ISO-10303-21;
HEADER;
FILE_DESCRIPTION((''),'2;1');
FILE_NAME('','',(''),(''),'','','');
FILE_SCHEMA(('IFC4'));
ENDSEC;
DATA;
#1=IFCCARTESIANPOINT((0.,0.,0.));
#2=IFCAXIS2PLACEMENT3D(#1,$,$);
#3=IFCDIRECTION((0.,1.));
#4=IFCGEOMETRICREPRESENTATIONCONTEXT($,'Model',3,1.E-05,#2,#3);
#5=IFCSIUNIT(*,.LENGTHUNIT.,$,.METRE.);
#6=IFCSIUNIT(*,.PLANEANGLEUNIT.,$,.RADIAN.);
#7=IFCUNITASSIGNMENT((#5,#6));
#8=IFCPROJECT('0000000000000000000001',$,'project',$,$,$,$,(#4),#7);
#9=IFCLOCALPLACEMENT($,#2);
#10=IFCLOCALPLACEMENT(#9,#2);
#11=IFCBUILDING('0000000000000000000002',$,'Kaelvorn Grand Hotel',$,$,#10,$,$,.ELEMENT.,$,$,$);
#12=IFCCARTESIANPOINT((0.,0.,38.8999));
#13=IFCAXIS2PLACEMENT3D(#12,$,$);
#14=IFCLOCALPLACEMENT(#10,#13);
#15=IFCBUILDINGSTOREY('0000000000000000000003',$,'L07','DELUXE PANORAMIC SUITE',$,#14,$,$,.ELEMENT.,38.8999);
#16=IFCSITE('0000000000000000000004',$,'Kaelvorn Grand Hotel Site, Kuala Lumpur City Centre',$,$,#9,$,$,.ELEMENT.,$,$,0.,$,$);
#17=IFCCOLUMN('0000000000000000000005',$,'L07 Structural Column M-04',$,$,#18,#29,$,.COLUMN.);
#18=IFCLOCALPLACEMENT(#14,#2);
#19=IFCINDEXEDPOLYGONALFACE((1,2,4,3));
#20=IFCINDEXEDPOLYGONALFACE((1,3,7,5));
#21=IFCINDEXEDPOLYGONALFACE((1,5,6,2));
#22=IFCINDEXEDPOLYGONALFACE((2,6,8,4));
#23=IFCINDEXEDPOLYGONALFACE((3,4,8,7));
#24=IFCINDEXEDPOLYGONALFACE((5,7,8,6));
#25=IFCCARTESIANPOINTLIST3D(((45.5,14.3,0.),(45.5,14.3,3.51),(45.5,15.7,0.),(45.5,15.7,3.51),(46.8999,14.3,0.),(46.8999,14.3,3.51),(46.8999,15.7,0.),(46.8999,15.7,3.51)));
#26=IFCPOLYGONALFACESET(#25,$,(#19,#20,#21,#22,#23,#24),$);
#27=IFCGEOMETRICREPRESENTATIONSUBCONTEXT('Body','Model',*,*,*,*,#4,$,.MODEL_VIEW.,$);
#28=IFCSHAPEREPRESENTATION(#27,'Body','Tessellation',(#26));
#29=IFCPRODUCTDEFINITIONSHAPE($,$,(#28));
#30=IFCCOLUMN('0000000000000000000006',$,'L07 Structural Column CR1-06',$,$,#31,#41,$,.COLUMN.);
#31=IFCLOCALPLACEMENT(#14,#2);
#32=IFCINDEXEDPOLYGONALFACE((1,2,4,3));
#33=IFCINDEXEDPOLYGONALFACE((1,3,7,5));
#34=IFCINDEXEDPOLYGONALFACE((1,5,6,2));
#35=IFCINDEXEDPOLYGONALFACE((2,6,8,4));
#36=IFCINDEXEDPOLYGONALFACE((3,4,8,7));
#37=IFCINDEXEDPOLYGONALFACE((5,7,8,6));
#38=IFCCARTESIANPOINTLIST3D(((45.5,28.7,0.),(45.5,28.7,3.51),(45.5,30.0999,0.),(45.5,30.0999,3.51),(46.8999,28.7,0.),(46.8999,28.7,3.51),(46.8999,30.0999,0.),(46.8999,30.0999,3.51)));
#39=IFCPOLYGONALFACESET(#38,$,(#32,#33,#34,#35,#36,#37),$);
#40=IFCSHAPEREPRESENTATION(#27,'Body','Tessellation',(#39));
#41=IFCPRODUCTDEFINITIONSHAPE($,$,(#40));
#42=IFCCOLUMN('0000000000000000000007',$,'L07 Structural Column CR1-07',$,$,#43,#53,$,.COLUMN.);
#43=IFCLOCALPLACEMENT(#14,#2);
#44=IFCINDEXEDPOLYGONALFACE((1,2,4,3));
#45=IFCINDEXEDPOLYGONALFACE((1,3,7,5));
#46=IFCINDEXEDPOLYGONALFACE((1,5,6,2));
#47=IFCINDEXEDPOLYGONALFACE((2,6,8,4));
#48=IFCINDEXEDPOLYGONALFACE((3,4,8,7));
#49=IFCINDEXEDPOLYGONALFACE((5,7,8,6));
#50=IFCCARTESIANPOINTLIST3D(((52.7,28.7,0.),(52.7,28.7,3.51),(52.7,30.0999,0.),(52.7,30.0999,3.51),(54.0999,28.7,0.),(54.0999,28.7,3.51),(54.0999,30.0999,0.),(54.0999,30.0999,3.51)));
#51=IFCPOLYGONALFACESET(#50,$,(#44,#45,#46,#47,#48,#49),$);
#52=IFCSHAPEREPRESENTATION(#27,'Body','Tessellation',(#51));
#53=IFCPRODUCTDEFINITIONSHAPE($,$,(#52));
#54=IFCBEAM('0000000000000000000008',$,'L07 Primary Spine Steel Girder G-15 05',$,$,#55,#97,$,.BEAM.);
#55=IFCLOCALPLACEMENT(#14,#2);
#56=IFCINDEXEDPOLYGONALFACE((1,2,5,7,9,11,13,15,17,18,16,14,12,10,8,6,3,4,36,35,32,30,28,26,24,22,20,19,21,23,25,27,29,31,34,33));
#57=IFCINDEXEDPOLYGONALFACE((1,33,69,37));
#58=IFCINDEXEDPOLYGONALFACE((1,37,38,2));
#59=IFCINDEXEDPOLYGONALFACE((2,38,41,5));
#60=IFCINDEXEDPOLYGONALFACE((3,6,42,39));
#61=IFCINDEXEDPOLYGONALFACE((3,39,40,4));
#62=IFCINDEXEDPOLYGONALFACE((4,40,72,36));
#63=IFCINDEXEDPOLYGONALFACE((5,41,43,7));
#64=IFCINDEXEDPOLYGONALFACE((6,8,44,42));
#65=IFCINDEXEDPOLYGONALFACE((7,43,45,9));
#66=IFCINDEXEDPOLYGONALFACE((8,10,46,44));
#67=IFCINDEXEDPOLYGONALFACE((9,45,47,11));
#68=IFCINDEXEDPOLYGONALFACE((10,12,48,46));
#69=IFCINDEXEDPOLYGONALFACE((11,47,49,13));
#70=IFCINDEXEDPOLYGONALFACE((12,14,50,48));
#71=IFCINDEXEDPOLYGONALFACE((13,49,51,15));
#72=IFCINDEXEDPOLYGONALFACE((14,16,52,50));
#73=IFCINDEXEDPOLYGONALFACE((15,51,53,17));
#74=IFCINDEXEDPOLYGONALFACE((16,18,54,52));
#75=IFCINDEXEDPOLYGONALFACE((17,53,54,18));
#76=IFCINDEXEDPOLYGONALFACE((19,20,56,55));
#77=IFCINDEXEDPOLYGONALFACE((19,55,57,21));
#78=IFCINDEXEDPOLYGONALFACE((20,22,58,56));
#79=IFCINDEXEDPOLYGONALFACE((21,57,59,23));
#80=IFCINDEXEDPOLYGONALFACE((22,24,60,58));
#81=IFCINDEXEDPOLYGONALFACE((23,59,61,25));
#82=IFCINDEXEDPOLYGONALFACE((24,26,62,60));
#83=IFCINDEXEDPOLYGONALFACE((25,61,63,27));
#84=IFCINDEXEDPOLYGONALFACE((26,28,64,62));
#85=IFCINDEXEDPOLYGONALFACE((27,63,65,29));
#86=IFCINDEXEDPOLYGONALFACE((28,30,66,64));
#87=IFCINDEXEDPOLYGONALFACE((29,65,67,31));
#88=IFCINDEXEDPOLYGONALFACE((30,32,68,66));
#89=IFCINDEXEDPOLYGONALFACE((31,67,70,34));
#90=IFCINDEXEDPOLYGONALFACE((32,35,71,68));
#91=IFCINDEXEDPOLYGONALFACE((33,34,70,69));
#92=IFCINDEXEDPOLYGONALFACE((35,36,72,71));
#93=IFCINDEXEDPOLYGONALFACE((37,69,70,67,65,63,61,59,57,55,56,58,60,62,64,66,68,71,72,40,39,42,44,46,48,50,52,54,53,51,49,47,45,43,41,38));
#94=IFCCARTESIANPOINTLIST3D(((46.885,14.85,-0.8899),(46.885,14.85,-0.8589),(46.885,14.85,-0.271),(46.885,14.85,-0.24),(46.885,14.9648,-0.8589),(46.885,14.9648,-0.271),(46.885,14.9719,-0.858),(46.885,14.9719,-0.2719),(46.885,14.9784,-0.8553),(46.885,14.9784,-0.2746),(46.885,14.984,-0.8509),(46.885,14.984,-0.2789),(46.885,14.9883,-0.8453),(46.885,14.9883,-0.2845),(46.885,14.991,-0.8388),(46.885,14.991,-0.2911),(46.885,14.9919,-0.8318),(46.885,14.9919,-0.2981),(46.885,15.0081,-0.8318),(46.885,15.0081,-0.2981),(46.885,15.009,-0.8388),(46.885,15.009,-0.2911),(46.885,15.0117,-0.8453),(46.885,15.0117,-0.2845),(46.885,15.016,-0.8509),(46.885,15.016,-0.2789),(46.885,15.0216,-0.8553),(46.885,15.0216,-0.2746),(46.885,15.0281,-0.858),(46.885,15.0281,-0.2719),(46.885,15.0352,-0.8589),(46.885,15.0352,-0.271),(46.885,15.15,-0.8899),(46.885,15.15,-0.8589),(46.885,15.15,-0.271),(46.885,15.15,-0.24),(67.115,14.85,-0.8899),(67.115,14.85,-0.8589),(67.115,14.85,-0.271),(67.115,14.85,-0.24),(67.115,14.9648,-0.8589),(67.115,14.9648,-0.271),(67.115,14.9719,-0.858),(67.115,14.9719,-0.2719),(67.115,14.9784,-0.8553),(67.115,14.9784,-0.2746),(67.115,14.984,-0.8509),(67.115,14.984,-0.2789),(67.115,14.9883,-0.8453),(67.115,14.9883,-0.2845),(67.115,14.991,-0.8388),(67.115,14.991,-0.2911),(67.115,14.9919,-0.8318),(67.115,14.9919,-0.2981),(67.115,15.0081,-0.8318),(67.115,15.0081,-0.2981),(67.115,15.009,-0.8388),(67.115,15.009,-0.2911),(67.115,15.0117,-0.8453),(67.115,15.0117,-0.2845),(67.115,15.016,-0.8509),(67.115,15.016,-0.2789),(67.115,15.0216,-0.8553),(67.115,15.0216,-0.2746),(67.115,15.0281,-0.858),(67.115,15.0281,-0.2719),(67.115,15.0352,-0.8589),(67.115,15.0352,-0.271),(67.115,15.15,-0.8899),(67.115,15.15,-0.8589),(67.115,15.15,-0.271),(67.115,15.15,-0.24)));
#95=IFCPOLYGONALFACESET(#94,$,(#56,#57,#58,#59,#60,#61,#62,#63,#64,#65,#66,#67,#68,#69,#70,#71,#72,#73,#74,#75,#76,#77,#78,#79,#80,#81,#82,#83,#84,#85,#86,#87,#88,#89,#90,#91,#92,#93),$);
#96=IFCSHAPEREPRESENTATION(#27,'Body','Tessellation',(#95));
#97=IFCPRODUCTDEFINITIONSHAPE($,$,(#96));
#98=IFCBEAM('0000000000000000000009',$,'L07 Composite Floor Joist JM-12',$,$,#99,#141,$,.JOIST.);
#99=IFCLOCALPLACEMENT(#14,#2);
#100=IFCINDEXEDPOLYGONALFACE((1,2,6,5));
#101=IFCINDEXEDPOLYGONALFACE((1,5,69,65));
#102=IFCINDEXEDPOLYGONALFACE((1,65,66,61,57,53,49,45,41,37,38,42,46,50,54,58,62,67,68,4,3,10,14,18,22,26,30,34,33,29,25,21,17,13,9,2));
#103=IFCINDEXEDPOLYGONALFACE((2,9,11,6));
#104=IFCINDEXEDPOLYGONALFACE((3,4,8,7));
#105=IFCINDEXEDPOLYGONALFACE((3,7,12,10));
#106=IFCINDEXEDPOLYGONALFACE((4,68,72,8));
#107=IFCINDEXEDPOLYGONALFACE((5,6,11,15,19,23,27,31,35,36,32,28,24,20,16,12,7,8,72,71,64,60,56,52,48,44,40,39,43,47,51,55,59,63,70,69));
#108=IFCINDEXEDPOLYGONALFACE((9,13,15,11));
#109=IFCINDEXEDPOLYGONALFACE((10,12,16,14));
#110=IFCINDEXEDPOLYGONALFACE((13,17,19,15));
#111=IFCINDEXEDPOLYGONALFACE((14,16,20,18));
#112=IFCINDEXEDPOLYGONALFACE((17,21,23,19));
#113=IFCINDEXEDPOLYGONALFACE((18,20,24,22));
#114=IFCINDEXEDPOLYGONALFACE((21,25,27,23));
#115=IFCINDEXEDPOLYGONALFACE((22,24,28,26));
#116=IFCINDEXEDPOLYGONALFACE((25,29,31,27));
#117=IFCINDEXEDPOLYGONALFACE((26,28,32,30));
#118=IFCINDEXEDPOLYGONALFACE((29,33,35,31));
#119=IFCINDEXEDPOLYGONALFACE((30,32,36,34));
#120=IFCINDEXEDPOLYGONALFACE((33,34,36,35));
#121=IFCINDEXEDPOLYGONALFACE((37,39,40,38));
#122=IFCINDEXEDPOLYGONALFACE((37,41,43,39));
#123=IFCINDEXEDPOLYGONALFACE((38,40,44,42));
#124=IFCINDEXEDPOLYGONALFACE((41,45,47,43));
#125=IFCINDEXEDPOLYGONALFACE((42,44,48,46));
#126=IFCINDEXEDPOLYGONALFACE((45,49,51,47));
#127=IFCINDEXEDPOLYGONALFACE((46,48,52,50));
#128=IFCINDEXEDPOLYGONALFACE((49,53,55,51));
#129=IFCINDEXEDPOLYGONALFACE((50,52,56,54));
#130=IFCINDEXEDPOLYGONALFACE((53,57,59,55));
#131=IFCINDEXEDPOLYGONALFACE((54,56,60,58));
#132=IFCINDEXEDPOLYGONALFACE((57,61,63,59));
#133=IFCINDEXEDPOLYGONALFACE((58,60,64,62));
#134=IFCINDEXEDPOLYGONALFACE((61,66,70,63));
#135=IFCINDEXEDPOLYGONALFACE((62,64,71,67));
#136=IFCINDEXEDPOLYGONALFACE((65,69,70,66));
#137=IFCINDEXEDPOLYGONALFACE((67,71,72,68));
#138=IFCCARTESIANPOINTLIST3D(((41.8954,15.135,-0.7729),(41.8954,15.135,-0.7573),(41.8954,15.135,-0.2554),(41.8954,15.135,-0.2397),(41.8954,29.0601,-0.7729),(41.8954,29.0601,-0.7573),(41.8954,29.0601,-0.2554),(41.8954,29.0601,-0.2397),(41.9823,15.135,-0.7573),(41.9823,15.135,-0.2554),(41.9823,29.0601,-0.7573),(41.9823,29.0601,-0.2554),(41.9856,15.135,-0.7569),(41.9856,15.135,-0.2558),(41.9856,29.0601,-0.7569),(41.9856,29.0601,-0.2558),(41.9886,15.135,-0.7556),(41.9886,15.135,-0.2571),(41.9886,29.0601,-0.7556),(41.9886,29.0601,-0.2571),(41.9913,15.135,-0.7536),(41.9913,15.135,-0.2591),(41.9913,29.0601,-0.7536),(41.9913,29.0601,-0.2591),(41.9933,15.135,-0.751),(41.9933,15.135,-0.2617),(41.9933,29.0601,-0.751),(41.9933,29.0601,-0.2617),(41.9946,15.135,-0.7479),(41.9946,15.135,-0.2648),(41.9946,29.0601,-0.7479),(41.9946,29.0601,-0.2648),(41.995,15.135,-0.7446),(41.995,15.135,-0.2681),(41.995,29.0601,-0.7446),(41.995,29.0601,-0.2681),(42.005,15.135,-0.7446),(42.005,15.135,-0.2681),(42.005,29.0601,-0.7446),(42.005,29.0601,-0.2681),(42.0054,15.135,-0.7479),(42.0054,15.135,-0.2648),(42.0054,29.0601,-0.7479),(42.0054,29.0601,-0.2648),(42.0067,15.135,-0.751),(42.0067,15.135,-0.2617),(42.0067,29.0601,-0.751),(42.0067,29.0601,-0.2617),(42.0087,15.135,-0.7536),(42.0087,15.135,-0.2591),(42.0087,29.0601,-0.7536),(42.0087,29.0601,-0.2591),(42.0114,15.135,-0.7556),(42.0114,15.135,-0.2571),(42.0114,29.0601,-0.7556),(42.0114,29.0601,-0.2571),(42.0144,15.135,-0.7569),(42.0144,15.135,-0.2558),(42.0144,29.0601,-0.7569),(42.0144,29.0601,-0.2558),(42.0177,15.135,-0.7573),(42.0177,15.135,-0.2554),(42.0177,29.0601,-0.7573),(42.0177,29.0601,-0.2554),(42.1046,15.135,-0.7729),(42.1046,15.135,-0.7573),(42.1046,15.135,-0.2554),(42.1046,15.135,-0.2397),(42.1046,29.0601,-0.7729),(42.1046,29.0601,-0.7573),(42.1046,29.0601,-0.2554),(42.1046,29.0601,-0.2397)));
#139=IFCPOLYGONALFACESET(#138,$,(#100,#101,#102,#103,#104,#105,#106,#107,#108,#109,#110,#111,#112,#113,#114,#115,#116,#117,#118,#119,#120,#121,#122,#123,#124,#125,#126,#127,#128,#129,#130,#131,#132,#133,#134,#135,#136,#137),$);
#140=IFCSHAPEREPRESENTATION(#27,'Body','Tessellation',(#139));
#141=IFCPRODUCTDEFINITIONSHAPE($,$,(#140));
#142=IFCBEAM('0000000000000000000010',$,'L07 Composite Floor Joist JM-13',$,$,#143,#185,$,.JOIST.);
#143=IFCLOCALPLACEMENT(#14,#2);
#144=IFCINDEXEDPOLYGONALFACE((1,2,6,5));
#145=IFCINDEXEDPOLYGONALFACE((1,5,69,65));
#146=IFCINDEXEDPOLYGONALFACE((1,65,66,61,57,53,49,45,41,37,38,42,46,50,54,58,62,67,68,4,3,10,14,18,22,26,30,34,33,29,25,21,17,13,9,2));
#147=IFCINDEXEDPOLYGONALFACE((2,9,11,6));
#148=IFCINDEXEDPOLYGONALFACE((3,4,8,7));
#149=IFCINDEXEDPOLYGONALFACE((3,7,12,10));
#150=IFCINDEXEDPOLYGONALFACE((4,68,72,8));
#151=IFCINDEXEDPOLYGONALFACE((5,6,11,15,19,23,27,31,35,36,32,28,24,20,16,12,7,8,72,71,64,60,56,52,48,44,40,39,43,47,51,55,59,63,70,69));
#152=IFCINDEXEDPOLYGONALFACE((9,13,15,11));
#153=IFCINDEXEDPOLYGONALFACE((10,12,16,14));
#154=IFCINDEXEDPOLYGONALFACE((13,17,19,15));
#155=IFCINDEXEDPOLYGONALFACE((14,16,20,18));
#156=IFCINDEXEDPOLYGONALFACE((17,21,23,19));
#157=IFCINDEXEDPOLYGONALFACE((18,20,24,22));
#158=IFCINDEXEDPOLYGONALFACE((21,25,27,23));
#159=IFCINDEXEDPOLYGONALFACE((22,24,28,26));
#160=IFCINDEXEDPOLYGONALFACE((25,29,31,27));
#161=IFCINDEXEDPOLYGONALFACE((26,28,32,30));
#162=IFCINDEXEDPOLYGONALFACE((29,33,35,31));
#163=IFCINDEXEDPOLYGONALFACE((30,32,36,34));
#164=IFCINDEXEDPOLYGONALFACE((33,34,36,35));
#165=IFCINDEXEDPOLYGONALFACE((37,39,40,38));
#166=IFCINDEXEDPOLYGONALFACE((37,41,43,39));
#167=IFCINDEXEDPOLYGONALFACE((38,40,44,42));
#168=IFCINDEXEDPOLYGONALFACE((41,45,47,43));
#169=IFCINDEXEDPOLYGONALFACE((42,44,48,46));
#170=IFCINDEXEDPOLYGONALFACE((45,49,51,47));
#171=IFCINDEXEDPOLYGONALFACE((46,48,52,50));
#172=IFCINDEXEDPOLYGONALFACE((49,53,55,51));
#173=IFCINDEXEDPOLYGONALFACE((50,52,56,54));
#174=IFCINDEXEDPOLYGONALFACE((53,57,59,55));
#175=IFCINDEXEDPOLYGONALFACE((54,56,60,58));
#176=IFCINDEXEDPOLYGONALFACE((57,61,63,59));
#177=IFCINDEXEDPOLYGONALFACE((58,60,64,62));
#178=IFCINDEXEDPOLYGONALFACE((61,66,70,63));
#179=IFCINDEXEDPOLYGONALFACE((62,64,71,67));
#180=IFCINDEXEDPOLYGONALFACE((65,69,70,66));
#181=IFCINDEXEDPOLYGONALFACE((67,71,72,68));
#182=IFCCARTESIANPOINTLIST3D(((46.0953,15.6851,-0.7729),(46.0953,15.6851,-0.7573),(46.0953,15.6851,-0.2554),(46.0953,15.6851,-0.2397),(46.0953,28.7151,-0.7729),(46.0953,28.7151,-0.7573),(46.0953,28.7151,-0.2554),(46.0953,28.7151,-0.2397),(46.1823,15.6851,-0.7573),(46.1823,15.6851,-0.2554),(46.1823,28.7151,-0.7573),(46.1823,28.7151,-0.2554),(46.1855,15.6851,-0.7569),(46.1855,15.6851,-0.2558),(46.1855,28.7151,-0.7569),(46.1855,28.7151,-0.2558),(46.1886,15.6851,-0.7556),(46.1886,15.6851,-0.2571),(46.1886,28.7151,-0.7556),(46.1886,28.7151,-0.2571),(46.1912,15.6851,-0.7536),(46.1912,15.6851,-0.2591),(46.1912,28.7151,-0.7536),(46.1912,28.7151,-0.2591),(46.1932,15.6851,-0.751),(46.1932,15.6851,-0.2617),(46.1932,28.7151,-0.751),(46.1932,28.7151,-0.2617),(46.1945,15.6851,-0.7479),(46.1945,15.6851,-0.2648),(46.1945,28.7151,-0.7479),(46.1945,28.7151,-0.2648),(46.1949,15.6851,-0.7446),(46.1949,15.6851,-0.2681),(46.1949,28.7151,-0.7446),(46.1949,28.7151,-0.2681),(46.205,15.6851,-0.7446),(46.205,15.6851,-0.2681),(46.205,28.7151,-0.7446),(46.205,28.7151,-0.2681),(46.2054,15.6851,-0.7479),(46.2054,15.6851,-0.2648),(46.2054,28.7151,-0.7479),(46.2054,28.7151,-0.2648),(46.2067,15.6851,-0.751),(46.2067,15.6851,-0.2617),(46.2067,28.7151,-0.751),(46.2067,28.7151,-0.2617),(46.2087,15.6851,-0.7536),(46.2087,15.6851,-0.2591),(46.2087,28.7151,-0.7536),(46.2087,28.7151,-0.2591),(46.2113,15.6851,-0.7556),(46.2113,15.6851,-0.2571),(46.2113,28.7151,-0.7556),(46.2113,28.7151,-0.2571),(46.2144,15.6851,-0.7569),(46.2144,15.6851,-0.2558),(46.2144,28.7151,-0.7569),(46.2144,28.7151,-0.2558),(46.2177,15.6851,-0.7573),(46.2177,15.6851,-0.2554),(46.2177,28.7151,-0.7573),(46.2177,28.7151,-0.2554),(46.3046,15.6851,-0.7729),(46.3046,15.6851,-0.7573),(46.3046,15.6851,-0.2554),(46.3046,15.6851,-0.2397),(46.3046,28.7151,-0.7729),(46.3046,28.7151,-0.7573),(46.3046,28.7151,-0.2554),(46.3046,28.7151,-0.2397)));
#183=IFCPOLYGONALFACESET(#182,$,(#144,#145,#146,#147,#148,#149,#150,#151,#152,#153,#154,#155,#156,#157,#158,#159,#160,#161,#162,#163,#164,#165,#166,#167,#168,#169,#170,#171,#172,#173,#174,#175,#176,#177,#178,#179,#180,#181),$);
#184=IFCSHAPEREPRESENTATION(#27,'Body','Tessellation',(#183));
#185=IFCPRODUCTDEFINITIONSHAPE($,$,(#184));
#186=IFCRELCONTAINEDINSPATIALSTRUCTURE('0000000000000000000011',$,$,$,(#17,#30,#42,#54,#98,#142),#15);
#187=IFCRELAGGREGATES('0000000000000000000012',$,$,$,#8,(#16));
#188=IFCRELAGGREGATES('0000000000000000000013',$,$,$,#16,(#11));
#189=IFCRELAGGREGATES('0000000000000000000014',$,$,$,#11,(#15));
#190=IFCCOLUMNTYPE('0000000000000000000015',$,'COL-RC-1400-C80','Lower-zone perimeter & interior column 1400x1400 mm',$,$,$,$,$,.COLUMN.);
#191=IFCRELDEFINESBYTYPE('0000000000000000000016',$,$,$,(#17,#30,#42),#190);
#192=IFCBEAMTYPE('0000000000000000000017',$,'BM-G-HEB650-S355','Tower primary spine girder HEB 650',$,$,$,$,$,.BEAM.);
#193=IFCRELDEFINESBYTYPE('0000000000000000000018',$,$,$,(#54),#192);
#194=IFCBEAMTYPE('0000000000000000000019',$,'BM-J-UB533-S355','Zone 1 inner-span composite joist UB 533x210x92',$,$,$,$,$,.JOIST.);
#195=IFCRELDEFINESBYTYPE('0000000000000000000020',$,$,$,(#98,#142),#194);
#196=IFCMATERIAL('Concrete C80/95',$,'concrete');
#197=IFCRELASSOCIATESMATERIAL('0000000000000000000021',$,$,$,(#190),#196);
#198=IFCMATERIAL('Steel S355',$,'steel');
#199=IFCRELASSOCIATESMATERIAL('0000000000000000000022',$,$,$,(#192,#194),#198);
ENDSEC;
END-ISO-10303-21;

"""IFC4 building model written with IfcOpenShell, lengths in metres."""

from ifc_helpers import new_model, si_unit, direction, frame, origin, origin_2d, place, context, subcontext, project, spatial, rectangle, i_section, extrude, material, material_profile, profile_set, type_object, element, save


model = new_model("IFC4")

# Units and contexts
model_context = context("Model", 3, precision=1e-05, world=origin(), true_north=direction((0.0, 1.0)))
body_context = subcontext(model_context, "Body", "Model", "MODEL_VIEW")
ifc_project = project(units=[si_unit("LENGTHUNIT", "METRE"), si_unit("PLANEANGLEUNIT", "RADIAN")], contexts=[model_context])

# Site, building, storey
site_placement = place(None, origin())
site = spatial("IfcSite", under=ifc_project, at=site_placement, Name="Kaelvorn Grand Hotel Site, Kuala Lumpur City Centre", CompositionType="ELEMENT", RefElevation=0.0)
building_placement = place(site_placement, origin())
building = spatial("IfcBuilding", under=site, at=building_placement, Name="Kaelvorn Grand Hotel", CompositionType="ELEMENT")
storey_placement = place(building_placement, frame((0.0, 0.0, 38.8999)))
storey = spatial("IfcBuildingStorey", under=building, at=storey_placement, Name="L07", Description="DELUXE PANORAMIC SUITE", CompositionType="ELEMENT", Elevation=38.8999)

# Columns
ifc_material_1 = material(Name="Concrete C80/95", Category="concrete")
ifc_material_profile_1 = material_profile(ifc_material_1, rectangle(XDim=1.3999, YDim=1.3999, at=origin_2d()), Name="RC COL 1400x1400")
ifc_profile_set_1 = profile_set([ifc_material_profile_1], Name="Concrete C80/95")
column_type = type_object("IfcColumnType", Name="COL-RC-1400-C80", Description="Lower-zone perimeter & interior column 1400x1400 mm", PredefinedType="COLUMN", material=ifc_profile_set_1)
for number, where, z_axis, x_axis, name in (
    (1, (46.2, 15.0, 0.0), (0.0, 0.0, 1.0), (1.0, 0.0, 0.0), "L07 Structural Column M-04"),
    (2, (46.2, 29.3999, 0.0), (0.0, 0.0, 1.0), (1.0, 0.0, 0.0), "L07 Structural Column CR1-06"),
    (3, (53.3999, 29.3999, 0.0), (0.0, 0.0, 1.0), (1.0, 0.0, 0.0), "L07 Structural Column CR1-07"),
):
    element("IfcColumn", number, at=place(storey_placement, frame(where, z_axis=z_axis, x_axis=x_axis)), inside=storey, type_object=column_type, Name=name, PredefinedType="COLUMN", context=body_context, shape_type="SweptSolid", body=[
        extrude(rectangle(XDim=1.3999, YDim=1.3999, at=origin_2d()), origin(), (0.0, 0.0, 1.0), 3.51),
    ])

# Beams
ifc_material_2 = material(Name="Steel S355", Category="steel")
ifc_material_profile_2 = material_profile(ifc_material_2, i_section(OverallWidth=0.3, OverallDepth=0.6499, WebThickness=0.0161, FlangeThickness=0.031, FilletRadius=0.0271, at=origin_2d()), Name="HEB 650")
ifc_profile_set_2 = profile_set([ifc_material_profile_2], Name="Steel S355")
beam_type_1 = type_object("IfcBeamType", Name="BM-G-HEB650-S355", Description="Tower primary spine girder HEB 650", PredefinedType="BEAM", material=ifc_profile_set_2)
beam_1_placement = place(storey_placement, frame((46.885, 15.0, -0.5649), z_axis=(1.0, 0.0, 0.0), x_axis=(0.0, 1.0, 0.0)))
element("IfcBeam", 4, at=beam_1_placement, inside=storey, type_object=beam_type_1, Name="L07 Primary Spine Steel Girder G-15 05", PredefinedType="BEAM", context=body_context, shape_type="SweptSolid", body=[
    extrude(i_section(OverallWidth=0.3, OverallDepth=0.6499, WebThickness=0.0161, FlangeThickness=0.031, FilletRadius=0.0271, at=origin_2d()), origin(), (0.0, 0.0, 1.0), 20.23),
])
ifc_material_profile_3 = material_profile(ifc_material_2, i_section(OverallWidth=0.2092, OverallDepth=0.5332, WebThickness=0.01, FlangeThickness=0.0156, FilletRadius=0.0127, at=origin_2d()), Name="UB 533x210x92")
ifc_profile_set_3 = profile_set([ifc_material_profile_3], Name="Steel S355")
beam_type_2 = type_object("IfcBeamType", Name="BM-J-UB533-S355", Description="Zone 1 inner-span composite joist UB 533x210x92", PredefinedType="JOIST", material=ifc_profile_set_3)
beam_2_placement = place(storey_placement, frame((42.0, 15.135, -0.5063), z_axis=(0.0, 1.0, 0.0), x_axis=(-1.0, 0.0, 0.0)))
element("IfcBeam", 5, at=beam_2_placement, inside=storey, type_object=beam_type_2, Name="L07 Composite Floor Joist JM-12", PredefinedType="JOIST", context=body_context, shape_type="SweptSolid", body=[
    extrude(i_section(OverallWidth=0.2092, OverallDepth=0.5332, WebThickness=0.01, FlangeThickness=0.0156, FilletRadius=0.0127, at=origin_2d()), origin(), (0.0, 0.0, 1.0), 13.925),
])
beam_3_placement = place(storey_placement, frame((46.2, 15.6851, -0.5063), z_axis=(0.0, 1.0, 0.0), x_axis=(-1.0, 0.0, 0.0)))
element("IfcBeam", 6, at=beam_3_placement, inside=storey, type_object=beam_type_2, Name="L07 Composite Floor Joist JM-13", PredefinedType="JOIST", context=body_context, shape_type="SweptSolid", body=[
    extrude(i_section(OverallWidth=0.2092, OverallDepth=0.5332, WebThickness=0.01, FlangeThickness=0.0156, FilletRadius=0.0127, at=origin_2d()), origin(), (0.0, 0.0, 1.0), 13.03),
])

save(model, "model.ifc")
